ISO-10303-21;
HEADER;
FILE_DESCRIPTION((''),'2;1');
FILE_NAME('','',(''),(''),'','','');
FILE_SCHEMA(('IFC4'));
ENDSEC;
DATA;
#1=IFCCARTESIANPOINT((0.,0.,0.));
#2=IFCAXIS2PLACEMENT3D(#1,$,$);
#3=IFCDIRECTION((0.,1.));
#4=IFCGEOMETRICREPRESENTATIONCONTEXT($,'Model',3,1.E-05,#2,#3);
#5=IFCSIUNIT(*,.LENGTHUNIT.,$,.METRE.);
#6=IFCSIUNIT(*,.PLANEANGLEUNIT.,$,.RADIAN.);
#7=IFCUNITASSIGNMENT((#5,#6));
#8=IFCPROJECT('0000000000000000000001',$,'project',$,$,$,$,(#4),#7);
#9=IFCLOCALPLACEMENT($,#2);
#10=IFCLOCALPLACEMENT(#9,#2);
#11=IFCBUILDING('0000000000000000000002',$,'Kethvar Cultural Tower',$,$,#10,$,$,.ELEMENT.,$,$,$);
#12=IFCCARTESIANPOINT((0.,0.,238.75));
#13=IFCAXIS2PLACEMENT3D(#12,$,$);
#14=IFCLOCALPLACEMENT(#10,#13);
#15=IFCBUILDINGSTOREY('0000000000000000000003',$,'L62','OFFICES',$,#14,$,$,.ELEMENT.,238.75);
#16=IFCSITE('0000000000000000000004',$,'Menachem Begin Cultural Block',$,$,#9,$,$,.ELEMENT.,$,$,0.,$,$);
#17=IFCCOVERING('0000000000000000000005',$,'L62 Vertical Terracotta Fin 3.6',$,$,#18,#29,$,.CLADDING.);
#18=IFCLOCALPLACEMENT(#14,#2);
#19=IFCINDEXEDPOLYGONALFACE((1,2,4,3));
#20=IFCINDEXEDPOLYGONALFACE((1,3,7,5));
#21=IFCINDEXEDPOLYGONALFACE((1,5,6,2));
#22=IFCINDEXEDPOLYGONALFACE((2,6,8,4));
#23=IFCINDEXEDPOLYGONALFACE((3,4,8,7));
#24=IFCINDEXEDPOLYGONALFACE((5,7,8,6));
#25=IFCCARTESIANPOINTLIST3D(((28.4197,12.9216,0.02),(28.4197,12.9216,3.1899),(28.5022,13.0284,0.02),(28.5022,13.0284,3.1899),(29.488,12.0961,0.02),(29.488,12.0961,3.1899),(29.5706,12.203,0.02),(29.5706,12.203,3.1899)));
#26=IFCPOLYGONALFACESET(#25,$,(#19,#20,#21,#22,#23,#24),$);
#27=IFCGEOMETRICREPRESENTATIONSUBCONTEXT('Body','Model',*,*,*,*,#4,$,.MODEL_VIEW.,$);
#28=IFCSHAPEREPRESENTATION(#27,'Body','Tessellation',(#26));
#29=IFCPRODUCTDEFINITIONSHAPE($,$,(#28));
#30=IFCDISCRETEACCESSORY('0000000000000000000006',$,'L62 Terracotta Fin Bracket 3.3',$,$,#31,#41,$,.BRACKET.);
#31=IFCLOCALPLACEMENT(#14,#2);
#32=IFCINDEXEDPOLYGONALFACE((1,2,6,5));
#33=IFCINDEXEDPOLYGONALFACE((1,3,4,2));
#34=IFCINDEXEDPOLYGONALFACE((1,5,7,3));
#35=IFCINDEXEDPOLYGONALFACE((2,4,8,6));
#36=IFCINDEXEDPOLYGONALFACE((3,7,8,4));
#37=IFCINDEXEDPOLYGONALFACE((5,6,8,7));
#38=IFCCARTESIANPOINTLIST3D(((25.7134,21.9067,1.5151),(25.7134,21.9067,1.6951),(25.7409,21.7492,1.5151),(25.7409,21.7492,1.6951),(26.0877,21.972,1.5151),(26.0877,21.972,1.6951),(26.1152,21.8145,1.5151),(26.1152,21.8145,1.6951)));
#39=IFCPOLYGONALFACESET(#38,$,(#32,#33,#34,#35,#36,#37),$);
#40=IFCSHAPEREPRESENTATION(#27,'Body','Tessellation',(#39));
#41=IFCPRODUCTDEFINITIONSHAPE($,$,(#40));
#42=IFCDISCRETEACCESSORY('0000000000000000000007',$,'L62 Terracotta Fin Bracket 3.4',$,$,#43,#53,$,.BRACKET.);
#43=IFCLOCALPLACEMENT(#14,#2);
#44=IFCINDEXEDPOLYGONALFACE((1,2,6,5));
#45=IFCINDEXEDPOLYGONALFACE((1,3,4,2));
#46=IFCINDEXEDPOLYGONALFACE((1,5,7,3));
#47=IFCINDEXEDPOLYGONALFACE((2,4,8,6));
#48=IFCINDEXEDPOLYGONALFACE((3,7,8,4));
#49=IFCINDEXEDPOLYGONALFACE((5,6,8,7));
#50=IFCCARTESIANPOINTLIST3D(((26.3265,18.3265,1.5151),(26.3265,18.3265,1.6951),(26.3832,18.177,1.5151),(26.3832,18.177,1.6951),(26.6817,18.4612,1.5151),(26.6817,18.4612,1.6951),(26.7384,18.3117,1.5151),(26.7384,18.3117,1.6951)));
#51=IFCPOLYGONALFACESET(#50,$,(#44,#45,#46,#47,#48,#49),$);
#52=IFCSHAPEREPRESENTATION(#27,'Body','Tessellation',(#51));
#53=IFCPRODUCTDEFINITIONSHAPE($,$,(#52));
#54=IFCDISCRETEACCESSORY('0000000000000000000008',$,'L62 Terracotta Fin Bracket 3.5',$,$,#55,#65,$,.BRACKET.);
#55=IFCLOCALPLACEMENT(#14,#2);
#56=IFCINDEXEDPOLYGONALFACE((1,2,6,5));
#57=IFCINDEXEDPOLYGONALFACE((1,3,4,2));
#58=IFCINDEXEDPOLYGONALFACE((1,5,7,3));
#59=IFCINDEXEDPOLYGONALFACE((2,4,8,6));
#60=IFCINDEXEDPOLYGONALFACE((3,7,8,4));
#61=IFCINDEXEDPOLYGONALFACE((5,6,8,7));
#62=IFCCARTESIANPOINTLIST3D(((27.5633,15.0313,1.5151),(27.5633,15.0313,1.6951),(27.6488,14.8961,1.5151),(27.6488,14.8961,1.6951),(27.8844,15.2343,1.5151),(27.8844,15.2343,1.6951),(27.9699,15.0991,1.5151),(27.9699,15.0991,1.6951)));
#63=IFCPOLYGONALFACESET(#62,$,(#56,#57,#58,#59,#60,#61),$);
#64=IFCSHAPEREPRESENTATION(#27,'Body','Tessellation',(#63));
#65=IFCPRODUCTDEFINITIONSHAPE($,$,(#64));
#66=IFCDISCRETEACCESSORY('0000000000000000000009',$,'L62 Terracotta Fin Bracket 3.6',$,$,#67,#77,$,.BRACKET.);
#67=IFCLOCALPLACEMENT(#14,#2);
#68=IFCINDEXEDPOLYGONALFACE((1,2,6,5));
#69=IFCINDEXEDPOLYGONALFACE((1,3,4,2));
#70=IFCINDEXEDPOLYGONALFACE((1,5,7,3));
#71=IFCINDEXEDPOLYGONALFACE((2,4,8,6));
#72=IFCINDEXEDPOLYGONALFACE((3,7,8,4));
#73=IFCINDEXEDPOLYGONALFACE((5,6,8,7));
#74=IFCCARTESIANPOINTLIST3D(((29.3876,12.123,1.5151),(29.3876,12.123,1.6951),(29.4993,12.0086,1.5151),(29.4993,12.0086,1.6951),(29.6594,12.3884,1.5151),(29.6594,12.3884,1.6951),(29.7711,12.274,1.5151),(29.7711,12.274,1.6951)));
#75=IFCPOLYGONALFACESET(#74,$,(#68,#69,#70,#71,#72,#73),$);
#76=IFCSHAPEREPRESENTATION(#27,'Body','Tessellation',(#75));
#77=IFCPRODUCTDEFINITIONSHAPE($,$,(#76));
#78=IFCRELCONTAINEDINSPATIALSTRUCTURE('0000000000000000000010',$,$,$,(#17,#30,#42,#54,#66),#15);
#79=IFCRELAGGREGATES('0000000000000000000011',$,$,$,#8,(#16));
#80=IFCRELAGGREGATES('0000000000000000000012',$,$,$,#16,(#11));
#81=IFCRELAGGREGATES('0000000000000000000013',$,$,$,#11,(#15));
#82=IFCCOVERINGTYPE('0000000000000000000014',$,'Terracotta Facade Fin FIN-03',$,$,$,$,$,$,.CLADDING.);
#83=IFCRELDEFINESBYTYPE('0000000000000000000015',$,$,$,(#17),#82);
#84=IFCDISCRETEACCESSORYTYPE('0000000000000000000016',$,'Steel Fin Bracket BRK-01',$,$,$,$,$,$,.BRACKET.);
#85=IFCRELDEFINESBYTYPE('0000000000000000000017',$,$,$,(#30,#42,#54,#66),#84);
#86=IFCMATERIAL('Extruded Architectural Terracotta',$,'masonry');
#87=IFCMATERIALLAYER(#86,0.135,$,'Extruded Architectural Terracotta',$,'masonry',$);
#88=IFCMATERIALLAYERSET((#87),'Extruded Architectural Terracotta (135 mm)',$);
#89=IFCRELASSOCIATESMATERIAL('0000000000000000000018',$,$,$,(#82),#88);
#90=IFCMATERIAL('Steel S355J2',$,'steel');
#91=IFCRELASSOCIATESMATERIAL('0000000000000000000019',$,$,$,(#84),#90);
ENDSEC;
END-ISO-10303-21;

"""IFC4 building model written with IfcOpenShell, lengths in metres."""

from ifc_helpers import new_model, si_unit, direction, frame, origin, origin_2d, place, context, subcontext, project, spatial, rectangle, extrude, source, transform, mapped, material, layer, layer_set, type_object, element, save


model = new_model("IFC4")

# Units and contexts
model_context = context("Model", 3, precision=1e-05, world=origin(), true_north=direction((0.0, 1.0)))
body_context = subcontext(model_context, "Body", "Model", "MODEL_VIEW")
ifc_project = project(units=[si_unit("LENGTHUNIT", "METRE"), si_unit("PLANEANGLEUNIT", "RADIAN")], contexts=[model_context])

# Site, building, storey
site_placement = place(None, origin())
site = spatial("IfcSite", under=ifc_project, at=site_placement, Name="Menachem Begin Cultural Block", CompositionType="ELEMENT", RefElevation=0.0)
building_placement = place(site_placement, origin())
building = spatial("IfcBuilding", under=site, at=building_placement, Name="Kethvar Cultural Tower", CompositionType="ELEMENT")
storey_placement = place(building_placement, frame((0.0, 0.0, 238.75)))
storey = spatial("IfcBuildingStorey", under=building, at=storey_placement, Name="L62", Description="OFFICES", CompositionType="ELEMENT", Elevation=238.75)

# Shared definitions
ifc_material_1 = material(Name="Steel S355J2", Category="steel")

# Covering
ifc_material_2 = material(Name="Extruded Architectural Terracotta", Category="masonry")
ifc_layer_1 = layer(ifc_material_2, 0.135, Name="Extruded Architectural Terracotta", Category="masonry")
ifc_layer_set_1 = layer_set([ifc_layer_1], Name="Extruded Architectural Terracotta (135 mm)")
covering_type_1 = type_object("IfcCoveringType", Name="Terracotta Facade Fin FIN-03", PredefinedType="CLADDING", material=ifc_layer_set_1)
shared_shape_1 = source(origin(), body_context, "Body", "SweptSolid", [
    extrude(rectangle(XDim=1.3501, YDim=0.135, at=origin_2d()), origin(), (0.0, 0.0, 1.0), 3.1699),
])
for number, where, z_axis, x_axis, name in (
    (1, (28.9951, 12.5623, 0.02), (0.0, 0.0, 1.0), (-0.79133, 0.611389, 0.0), "L62 Vertical Terracotta Fin 3.6"),
):
    element("IfcCovering", number, at=place(storey_placement, frame(where, z_axis=z_axis, x_axis=x_axis)), inside=storey, type_object=covering_type_1, Name=name, PredefinedType="CLADDING", context=body_context, shape_type="MappedRepresentation", body=[
        mapped(shared_shape_1, transform((0.0, 0.0, 0.0), scale=1.0)),
    ])

# Discrete accessories
discrete_accessory_type = type_object("IfcDiscreteAccessoryType", Name="Steel Fin Bracket BRK-01", PredefinedType="BRACKET", material=ifc_material_1)
shared_shape_2 = source(origin(), body_context, "Body", "SweptSolid", [
    extrude(rectangle(XDim=0.3799, YDim=0.1599, at=origin_2d()), origin(), (0.0, 0.0, 1.0), 0.1799),
])
for number, where, z_axis, x_axis, name in (
    (2, (25.9143, 21.8606, 1.5151), (0.0, 0.0, 1.0), (-0.985109, -0.171929, 0.0), "L62 Terracotta Fin Bracket 3.3"),
    (3, (26.5325, 18.3191, 1.5151), (0.0, 0.0, 1.0), (-0.935011, -0.354617, 0.0), "L62 Terracotta Fin Bracket 3.4"),
    (4, (27.7666, 15.0652, 1.5151), (0.0, 0.0, 1.0), (-0.845262, -0.534352, 0.0), "L62 Terracotta Fin Bracket 3.5"),
    (5, (29.5793, 12.1985, 1.5151), (0.0, 0.0, 1.0), (-0.715571, -0.69854, 0.0), "L62 Terracotta Fin Bracket 3.6"),
):
    element("IfcDiscreteAccessory", number, at=place(storey_placement, frame(where, z_axis=z_axis, x_axis=x_axis)), inside=storey, type_object=discrete_accessory_type, Name=name, PredefinedType="BRACKET", context=body_context, shape_type="MappedRepresentation", body=[
        mapped(shared_shape_2, transform((0.0, 0.0, 0.0), scale=1.0)),
    ])

save(model, "model.ifc")
